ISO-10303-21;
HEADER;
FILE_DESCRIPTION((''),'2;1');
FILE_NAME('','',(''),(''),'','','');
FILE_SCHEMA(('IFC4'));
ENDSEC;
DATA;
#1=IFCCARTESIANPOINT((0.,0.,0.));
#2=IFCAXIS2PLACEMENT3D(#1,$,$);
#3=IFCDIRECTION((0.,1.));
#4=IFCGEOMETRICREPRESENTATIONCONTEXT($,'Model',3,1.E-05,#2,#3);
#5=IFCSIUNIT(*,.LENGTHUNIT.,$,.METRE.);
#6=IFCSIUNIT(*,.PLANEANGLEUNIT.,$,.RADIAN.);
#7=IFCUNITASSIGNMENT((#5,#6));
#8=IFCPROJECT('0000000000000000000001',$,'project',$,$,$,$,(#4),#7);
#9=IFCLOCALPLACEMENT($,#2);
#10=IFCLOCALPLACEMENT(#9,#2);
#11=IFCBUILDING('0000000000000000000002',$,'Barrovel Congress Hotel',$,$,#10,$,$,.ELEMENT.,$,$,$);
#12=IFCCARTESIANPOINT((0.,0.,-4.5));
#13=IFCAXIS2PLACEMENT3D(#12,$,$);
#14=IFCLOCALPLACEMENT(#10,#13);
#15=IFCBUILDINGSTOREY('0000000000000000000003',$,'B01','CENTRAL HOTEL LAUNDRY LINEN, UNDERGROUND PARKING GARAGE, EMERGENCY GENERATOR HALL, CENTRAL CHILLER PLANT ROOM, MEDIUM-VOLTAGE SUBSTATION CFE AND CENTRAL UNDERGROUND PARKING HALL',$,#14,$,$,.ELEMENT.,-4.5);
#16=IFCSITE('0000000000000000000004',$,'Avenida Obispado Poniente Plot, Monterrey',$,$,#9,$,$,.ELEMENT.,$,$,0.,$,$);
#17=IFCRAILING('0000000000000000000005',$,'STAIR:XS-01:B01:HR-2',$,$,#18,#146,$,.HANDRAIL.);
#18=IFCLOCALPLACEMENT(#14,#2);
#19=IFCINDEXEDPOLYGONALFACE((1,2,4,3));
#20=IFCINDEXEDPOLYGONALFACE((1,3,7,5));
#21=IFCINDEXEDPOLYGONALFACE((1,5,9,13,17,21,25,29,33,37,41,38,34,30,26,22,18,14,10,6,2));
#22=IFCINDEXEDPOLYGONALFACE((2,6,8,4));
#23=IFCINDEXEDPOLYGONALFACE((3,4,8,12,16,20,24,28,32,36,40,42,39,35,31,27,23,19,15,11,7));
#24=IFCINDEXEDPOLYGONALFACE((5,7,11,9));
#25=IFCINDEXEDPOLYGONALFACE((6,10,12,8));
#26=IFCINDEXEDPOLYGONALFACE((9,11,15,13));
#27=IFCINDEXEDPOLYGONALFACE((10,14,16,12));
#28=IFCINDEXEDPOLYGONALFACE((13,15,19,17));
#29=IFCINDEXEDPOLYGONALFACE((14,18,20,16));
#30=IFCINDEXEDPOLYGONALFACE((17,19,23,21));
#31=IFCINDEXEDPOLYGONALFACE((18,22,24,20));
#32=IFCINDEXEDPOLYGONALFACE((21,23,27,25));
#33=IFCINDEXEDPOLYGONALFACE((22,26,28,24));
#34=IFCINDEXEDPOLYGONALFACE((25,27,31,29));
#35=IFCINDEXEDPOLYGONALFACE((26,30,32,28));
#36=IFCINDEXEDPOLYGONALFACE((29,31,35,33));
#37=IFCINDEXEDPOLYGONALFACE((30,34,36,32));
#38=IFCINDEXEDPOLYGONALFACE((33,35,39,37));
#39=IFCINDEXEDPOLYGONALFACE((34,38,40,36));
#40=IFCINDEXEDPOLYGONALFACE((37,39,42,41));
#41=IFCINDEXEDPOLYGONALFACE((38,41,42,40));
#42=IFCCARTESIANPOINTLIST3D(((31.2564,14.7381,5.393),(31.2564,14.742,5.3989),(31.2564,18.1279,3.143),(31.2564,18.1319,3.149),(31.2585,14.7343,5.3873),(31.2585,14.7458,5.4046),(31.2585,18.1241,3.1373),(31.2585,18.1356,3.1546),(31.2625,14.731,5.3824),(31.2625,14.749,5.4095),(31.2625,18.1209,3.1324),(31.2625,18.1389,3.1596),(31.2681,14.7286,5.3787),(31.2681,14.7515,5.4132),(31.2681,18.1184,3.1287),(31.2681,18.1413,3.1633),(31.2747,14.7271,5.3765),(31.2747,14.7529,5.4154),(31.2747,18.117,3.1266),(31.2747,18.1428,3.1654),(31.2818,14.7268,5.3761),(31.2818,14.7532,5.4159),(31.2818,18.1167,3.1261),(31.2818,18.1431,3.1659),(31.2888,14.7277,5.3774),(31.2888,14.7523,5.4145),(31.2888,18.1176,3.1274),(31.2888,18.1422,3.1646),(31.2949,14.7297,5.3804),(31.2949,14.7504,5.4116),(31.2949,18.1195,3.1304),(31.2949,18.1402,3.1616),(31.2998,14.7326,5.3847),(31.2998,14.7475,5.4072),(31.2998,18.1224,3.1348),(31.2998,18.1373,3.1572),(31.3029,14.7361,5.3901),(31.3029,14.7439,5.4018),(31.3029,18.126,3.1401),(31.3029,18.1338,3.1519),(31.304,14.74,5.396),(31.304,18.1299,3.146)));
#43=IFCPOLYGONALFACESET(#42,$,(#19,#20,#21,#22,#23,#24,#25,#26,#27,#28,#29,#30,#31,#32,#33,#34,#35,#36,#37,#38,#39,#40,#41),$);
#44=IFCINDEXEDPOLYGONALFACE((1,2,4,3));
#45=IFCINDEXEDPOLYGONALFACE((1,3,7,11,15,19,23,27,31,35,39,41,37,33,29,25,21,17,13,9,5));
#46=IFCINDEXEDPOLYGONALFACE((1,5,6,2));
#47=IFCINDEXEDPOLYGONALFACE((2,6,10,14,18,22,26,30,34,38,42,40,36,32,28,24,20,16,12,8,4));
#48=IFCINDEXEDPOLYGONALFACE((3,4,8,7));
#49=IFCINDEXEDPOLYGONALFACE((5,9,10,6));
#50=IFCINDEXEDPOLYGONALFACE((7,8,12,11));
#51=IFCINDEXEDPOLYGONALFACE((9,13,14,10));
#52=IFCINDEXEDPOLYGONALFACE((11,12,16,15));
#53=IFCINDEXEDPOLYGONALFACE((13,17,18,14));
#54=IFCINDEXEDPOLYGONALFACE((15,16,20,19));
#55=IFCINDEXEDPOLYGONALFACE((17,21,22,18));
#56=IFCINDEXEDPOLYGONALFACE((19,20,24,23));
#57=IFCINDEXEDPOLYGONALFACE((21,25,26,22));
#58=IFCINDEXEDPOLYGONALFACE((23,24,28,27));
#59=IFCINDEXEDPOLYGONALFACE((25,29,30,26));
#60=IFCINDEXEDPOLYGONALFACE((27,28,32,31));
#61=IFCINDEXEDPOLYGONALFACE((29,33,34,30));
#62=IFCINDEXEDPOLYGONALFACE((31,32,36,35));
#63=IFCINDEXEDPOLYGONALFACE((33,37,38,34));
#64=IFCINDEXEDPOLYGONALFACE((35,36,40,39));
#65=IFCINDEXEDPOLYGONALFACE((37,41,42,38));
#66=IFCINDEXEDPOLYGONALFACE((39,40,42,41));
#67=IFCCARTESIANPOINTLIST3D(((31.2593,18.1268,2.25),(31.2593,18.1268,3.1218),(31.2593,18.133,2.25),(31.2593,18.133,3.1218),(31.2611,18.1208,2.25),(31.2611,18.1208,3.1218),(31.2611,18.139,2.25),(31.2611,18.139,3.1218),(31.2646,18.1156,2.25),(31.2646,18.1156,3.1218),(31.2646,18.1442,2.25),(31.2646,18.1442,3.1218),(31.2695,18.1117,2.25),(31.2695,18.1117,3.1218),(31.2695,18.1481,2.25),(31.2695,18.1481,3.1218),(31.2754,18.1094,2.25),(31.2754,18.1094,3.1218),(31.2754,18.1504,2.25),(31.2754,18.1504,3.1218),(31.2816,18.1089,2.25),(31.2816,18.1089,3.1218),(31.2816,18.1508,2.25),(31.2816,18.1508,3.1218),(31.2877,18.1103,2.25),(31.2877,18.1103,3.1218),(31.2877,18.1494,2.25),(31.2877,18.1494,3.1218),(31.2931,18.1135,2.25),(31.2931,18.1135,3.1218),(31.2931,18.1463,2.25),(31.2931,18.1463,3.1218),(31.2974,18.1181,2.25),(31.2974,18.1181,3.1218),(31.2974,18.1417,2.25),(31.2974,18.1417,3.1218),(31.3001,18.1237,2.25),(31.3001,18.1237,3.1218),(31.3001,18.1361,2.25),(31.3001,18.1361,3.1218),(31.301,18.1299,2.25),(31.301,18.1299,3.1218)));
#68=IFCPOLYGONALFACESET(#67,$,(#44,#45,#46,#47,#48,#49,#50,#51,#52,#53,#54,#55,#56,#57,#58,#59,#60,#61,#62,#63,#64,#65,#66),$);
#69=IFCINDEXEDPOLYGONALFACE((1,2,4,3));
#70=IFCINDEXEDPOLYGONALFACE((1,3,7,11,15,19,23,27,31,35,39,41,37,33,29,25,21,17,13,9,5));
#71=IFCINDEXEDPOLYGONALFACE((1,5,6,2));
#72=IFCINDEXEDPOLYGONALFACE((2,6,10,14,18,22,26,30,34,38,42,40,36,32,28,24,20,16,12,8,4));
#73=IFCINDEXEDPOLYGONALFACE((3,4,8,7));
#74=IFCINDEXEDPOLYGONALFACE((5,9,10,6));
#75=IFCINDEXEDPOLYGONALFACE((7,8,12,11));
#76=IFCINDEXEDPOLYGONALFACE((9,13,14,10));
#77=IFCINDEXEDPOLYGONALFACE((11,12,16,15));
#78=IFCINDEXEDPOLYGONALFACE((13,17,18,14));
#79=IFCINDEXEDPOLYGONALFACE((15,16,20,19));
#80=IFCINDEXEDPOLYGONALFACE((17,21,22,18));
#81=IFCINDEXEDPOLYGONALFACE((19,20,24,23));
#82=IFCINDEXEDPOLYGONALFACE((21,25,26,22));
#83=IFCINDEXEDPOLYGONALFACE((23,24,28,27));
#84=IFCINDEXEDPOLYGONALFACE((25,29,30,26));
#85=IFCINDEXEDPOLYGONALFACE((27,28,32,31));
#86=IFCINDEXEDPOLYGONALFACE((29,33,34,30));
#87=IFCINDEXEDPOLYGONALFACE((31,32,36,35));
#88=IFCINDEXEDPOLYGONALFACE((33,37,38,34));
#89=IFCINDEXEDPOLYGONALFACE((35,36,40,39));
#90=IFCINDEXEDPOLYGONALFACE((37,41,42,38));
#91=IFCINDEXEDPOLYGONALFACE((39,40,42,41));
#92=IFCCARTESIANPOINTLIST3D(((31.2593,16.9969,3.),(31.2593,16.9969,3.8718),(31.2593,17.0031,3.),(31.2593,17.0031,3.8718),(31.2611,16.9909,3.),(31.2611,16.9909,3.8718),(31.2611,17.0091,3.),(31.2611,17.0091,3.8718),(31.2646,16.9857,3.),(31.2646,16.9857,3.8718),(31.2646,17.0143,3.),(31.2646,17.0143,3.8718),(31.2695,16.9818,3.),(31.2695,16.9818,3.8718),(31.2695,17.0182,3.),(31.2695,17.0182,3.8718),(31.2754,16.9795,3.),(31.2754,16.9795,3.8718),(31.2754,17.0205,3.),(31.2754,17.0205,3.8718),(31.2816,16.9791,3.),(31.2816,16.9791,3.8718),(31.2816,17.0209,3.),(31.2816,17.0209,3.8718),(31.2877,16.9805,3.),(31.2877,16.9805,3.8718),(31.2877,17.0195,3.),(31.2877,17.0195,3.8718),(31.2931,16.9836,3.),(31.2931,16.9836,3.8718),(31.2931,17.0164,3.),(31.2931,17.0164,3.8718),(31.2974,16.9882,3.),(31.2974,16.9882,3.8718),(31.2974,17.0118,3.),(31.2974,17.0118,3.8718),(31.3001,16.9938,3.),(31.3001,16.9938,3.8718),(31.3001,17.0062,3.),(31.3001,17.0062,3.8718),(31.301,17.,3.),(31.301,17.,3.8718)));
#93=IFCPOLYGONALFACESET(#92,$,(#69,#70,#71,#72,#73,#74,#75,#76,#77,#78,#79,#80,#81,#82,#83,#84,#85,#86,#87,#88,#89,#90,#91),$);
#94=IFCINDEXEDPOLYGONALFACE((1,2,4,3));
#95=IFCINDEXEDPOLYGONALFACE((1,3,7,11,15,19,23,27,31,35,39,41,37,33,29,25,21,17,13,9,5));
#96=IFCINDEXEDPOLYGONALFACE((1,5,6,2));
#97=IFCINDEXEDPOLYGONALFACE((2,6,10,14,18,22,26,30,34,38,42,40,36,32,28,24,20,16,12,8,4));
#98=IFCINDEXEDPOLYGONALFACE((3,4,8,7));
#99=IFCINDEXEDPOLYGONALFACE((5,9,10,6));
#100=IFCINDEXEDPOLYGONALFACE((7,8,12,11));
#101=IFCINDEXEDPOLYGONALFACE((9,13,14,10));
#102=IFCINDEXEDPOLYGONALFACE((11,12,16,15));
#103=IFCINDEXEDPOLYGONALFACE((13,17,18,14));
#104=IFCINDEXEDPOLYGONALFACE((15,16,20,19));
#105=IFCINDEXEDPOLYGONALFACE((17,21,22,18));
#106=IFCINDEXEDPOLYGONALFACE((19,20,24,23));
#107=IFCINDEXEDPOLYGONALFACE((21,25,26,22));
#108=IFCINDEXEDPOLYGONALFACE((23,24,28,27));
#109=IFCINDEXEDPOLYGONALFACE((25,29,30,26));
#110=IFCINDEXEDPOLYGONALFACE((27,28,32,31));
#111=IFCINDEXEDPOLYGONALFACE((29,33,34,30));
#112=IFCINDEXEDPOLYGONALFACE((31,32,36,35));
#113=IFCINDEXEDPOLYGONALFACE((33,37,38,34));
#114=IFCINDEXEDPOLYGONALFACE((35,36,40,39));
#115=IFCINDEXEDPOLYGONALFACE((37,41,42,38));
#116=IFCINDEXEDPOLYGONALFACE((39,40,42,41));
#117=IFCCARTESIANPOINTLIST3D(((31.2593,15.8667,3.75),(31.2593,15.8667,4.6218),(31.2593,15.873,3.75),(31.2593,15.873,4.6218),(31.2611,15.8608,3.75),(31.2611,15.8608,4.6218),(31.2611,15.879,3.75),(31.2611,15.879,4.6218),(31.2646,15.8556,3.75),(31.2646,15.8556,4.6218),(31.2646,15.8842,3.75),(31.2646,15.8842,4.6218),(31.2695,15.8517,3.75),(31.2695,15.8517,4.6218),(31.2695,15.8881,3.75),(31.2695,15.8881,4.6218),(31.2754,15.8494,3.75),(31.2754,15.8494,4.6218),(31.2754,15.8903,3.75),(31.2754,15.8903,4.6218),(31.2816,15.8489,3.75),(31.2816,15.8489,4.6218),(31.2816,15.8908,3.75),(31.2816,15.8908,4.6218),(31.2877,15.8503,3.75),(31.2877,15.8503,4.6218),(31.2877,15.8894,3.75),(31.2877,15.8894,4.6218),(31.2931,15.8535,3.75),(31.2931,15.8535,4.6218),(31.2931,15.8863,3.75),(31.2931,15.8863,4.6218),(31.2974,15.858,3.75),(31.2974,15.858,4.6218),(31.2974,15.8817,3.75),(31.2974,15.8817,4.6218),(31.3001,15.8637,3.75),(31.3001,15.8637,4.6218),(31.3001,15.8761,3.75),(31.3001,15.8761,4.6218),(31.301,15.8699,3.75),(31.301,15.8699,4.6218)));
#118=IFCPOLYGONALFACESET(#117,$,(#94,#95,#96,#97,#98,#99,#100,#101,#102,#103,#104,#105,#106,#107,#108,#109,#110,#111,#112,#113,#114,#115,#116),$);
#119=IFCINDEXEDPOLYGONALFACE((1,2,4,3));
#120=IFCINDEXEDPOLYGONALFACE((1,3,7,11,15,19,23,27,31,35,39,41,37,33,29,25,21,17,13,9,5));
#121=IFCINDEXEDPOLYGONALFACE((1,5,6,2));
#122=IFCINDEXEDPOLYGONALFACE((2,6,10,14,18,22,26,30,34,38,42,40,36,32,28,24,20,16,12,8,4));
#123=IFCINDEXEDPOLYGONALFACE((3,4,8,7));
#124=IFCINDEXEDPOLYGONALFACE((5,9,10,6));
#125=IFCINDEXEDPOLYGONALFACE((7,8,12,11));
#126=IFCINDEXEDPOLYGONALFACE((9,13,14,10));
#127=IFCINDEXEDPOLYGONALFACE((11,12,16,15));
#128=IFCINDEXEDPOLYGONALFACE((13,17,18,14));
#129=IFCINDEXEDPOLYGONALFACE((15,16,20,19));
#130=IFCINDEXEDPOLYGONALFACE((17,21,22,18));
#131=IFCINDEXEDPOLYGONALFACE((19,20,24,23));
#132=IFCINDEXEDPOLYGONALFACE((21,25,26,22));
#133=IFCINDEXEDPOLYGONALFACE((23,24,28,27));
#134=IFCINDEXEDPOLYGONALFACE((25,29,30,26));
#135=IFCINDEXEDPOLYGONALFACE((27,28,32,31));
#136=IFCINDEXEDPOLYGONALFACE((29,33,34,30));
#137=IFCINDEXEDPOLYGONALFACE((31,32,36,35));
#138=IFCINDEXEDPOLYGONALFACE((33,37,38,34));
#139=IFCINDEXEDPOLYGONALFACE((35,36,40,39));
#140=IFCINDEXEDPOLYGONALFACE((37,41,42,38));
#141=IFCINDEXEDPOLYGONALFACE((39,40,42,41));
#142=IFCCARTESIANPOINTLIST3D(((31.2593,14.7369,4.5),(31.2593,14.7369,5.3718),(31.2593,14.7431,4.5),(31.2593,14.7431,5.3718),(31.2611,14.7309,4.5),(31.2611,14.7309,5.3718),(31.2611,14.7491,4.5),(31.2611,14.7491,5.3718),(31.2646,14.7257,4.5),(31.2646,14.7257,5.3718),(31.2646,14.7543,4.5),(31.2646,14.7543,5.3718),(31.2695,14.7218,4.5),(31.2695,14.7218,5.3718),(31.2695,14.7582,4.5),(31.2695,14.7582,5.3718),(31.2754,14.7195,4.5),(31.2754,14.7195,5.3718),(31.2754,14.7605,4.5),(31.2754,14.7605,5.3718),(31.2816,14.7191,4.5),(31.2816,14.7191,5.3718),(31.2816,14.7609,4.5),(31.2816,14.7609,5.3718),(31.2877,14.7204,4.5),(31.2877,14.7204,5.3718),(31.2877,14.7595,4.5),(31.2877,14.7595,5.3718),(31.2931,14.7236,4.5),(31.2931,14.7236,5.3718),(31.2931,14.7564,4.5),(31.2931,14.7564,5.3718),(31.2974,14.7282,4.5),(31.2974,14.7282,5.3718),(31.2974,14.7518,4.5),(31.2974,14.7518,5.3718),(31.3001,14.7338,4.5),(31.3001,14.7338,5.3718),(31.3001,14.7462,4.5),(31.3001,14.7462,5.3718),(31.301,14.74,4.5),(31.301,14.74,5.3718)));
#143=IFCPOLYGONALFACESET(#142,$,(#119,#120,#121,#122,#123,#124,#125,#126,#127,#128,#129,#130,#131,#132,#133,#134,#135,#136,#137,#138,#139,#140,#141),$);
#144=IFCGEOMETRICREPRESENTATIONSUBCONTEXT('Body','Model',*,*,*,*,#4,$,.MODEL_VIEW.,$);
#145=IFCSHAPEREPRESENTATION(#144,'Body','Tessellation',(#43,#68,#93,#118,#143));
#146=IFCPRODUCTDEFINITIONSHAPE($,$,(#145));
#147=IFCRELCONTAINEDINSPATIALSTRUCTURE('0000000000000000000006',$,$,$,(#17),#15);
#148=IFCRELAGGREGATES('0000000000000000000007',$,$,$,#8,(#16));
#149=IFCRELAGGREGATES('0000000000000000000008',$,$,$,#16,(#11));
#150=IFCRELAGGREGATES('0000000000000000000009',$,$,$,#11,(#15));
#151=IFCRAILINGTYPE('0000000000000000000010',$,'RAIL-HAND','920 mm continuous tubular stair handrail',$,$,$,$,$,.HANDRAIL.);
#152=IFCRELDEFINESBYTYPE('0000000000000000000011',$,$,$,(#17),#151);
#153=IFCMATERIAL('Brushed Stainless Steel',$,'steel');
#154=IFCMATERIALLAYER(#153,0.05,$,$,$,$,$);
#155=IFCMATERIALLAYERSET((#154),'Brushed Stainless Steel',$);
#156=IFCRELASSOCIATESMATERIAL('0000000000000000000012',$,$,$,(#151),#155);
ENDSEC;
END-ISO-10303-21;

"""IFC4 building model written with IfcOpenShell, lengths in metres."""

from ifc_helpers import new_model, si_unit, direction, frame, origin, origin_2d, place, context, subcontext, project, spatial, circle, extrude, material, layer, layer_set, type_object, element, save


model = new_model("IFC4")

# Units and contexts
model_context = context("Model", 3, precision=1e-05, world=origin(), true_north=direction((0.0, 1.0)))
body_context = subcontext(model_context, "Body", "Model", "MODEL_VIEW")
ifc_project = project(units=[si_unit("LENGTHUNIT", "METRE"), si_unit("PLANEANGLEUNIT", "RADIAN")], contexts=[model_context])

# Site, building, storey
site_placement = place(None, origin())
site = spatial("IfcSite", under=ifc_project, at=site_placement, Name="Avenida Obispado Poniente Plot, Monterrey", CompositionType="ELEMENT", RefElevation=0.0)
building_placement = place(site_placement, origin())
building = spatial("IfcBuilding", under=site, at=building_placement, Name="Barrovel Congress Hotel", CompositionType="ELEMENT")
storey_placement = place(building_placement, frame((0.0, 0.0, -4.5)))
storey = spatial("IfcBuildingStorey", under=building, at=storey_placement, Name="B01", Description="CENTRAL HOTEL LAUNDRY LINEN, UNDERGROUND PARKING GARAGE, EMERGENCY GENERATOR HALL, CENTRAL CHILLER PLANT ROOM, MEDIUM-VOLTAGE SUBSTATION CFE AND CENTRAL UNDERGROUND PARKING HALL", CompositionType="ELEMENT", Elevation=-4.5)

# Shared definitions
ifc_material_1 = material(Name="Brushed Stainless Steel", Category="steel")

# Railing
ifc_layer_1 = layer(ifc_material_1, 0.05)
ifc_layer_set_1 = layer_set([ifc_layer_1], Name="Brushed Stainless Steel")
railing_type = type_object("IfcRailingType", Name="RAIL-HAND", Description="920 mm continuous tubular stair handrail", PredefinedType="HANDRAIL", material=ifc_layer_set_1)
railing_placement = place(storey_placement, frame((31.28, 18.1299, 2.25)))
element("IfcRailing", 1, at=railing_placement, inside=storey, type_object=railing_type, Name="STAIR:XS-01:B01:HR-2", PredefinedType="HANDRAIL", context=body_context, shape_type="SweptSolid", body=[
    extrude(circle(Radius=0.0239, at=origin_2d()), frame((0.0, 0.0, 0.896), z_axis=(0.0, -0.833175, 0.55301), x_axis=(1.0, 0.0, 0.0)), (0.0, 0.0, 1.0), 4.0686),
    extrude(circle(Radius=0.021, at=origin_2d()), origin(), (0.0, 0.0, 1.0), 0.8718),
    extrude(circle(Radius=0.021, at=origin_2d()), frame((0.0, -1.1299, 0.75)), (0.0, 0.0, 1.0), 0.8718),
    extrude(circle(Radius=0.021, at=origin_2d()), frame((0.0, -2.26, 1.5)), (0.0, 0.0, 1.0), 0.8718),
    extrude(circle(Radius=0.021, at=origin_2d()), frame((0.0, -3.3899, 2.25)), (0.0, 0.0, 1.0), 0.8718),
])

save(model, "model.ifc")
